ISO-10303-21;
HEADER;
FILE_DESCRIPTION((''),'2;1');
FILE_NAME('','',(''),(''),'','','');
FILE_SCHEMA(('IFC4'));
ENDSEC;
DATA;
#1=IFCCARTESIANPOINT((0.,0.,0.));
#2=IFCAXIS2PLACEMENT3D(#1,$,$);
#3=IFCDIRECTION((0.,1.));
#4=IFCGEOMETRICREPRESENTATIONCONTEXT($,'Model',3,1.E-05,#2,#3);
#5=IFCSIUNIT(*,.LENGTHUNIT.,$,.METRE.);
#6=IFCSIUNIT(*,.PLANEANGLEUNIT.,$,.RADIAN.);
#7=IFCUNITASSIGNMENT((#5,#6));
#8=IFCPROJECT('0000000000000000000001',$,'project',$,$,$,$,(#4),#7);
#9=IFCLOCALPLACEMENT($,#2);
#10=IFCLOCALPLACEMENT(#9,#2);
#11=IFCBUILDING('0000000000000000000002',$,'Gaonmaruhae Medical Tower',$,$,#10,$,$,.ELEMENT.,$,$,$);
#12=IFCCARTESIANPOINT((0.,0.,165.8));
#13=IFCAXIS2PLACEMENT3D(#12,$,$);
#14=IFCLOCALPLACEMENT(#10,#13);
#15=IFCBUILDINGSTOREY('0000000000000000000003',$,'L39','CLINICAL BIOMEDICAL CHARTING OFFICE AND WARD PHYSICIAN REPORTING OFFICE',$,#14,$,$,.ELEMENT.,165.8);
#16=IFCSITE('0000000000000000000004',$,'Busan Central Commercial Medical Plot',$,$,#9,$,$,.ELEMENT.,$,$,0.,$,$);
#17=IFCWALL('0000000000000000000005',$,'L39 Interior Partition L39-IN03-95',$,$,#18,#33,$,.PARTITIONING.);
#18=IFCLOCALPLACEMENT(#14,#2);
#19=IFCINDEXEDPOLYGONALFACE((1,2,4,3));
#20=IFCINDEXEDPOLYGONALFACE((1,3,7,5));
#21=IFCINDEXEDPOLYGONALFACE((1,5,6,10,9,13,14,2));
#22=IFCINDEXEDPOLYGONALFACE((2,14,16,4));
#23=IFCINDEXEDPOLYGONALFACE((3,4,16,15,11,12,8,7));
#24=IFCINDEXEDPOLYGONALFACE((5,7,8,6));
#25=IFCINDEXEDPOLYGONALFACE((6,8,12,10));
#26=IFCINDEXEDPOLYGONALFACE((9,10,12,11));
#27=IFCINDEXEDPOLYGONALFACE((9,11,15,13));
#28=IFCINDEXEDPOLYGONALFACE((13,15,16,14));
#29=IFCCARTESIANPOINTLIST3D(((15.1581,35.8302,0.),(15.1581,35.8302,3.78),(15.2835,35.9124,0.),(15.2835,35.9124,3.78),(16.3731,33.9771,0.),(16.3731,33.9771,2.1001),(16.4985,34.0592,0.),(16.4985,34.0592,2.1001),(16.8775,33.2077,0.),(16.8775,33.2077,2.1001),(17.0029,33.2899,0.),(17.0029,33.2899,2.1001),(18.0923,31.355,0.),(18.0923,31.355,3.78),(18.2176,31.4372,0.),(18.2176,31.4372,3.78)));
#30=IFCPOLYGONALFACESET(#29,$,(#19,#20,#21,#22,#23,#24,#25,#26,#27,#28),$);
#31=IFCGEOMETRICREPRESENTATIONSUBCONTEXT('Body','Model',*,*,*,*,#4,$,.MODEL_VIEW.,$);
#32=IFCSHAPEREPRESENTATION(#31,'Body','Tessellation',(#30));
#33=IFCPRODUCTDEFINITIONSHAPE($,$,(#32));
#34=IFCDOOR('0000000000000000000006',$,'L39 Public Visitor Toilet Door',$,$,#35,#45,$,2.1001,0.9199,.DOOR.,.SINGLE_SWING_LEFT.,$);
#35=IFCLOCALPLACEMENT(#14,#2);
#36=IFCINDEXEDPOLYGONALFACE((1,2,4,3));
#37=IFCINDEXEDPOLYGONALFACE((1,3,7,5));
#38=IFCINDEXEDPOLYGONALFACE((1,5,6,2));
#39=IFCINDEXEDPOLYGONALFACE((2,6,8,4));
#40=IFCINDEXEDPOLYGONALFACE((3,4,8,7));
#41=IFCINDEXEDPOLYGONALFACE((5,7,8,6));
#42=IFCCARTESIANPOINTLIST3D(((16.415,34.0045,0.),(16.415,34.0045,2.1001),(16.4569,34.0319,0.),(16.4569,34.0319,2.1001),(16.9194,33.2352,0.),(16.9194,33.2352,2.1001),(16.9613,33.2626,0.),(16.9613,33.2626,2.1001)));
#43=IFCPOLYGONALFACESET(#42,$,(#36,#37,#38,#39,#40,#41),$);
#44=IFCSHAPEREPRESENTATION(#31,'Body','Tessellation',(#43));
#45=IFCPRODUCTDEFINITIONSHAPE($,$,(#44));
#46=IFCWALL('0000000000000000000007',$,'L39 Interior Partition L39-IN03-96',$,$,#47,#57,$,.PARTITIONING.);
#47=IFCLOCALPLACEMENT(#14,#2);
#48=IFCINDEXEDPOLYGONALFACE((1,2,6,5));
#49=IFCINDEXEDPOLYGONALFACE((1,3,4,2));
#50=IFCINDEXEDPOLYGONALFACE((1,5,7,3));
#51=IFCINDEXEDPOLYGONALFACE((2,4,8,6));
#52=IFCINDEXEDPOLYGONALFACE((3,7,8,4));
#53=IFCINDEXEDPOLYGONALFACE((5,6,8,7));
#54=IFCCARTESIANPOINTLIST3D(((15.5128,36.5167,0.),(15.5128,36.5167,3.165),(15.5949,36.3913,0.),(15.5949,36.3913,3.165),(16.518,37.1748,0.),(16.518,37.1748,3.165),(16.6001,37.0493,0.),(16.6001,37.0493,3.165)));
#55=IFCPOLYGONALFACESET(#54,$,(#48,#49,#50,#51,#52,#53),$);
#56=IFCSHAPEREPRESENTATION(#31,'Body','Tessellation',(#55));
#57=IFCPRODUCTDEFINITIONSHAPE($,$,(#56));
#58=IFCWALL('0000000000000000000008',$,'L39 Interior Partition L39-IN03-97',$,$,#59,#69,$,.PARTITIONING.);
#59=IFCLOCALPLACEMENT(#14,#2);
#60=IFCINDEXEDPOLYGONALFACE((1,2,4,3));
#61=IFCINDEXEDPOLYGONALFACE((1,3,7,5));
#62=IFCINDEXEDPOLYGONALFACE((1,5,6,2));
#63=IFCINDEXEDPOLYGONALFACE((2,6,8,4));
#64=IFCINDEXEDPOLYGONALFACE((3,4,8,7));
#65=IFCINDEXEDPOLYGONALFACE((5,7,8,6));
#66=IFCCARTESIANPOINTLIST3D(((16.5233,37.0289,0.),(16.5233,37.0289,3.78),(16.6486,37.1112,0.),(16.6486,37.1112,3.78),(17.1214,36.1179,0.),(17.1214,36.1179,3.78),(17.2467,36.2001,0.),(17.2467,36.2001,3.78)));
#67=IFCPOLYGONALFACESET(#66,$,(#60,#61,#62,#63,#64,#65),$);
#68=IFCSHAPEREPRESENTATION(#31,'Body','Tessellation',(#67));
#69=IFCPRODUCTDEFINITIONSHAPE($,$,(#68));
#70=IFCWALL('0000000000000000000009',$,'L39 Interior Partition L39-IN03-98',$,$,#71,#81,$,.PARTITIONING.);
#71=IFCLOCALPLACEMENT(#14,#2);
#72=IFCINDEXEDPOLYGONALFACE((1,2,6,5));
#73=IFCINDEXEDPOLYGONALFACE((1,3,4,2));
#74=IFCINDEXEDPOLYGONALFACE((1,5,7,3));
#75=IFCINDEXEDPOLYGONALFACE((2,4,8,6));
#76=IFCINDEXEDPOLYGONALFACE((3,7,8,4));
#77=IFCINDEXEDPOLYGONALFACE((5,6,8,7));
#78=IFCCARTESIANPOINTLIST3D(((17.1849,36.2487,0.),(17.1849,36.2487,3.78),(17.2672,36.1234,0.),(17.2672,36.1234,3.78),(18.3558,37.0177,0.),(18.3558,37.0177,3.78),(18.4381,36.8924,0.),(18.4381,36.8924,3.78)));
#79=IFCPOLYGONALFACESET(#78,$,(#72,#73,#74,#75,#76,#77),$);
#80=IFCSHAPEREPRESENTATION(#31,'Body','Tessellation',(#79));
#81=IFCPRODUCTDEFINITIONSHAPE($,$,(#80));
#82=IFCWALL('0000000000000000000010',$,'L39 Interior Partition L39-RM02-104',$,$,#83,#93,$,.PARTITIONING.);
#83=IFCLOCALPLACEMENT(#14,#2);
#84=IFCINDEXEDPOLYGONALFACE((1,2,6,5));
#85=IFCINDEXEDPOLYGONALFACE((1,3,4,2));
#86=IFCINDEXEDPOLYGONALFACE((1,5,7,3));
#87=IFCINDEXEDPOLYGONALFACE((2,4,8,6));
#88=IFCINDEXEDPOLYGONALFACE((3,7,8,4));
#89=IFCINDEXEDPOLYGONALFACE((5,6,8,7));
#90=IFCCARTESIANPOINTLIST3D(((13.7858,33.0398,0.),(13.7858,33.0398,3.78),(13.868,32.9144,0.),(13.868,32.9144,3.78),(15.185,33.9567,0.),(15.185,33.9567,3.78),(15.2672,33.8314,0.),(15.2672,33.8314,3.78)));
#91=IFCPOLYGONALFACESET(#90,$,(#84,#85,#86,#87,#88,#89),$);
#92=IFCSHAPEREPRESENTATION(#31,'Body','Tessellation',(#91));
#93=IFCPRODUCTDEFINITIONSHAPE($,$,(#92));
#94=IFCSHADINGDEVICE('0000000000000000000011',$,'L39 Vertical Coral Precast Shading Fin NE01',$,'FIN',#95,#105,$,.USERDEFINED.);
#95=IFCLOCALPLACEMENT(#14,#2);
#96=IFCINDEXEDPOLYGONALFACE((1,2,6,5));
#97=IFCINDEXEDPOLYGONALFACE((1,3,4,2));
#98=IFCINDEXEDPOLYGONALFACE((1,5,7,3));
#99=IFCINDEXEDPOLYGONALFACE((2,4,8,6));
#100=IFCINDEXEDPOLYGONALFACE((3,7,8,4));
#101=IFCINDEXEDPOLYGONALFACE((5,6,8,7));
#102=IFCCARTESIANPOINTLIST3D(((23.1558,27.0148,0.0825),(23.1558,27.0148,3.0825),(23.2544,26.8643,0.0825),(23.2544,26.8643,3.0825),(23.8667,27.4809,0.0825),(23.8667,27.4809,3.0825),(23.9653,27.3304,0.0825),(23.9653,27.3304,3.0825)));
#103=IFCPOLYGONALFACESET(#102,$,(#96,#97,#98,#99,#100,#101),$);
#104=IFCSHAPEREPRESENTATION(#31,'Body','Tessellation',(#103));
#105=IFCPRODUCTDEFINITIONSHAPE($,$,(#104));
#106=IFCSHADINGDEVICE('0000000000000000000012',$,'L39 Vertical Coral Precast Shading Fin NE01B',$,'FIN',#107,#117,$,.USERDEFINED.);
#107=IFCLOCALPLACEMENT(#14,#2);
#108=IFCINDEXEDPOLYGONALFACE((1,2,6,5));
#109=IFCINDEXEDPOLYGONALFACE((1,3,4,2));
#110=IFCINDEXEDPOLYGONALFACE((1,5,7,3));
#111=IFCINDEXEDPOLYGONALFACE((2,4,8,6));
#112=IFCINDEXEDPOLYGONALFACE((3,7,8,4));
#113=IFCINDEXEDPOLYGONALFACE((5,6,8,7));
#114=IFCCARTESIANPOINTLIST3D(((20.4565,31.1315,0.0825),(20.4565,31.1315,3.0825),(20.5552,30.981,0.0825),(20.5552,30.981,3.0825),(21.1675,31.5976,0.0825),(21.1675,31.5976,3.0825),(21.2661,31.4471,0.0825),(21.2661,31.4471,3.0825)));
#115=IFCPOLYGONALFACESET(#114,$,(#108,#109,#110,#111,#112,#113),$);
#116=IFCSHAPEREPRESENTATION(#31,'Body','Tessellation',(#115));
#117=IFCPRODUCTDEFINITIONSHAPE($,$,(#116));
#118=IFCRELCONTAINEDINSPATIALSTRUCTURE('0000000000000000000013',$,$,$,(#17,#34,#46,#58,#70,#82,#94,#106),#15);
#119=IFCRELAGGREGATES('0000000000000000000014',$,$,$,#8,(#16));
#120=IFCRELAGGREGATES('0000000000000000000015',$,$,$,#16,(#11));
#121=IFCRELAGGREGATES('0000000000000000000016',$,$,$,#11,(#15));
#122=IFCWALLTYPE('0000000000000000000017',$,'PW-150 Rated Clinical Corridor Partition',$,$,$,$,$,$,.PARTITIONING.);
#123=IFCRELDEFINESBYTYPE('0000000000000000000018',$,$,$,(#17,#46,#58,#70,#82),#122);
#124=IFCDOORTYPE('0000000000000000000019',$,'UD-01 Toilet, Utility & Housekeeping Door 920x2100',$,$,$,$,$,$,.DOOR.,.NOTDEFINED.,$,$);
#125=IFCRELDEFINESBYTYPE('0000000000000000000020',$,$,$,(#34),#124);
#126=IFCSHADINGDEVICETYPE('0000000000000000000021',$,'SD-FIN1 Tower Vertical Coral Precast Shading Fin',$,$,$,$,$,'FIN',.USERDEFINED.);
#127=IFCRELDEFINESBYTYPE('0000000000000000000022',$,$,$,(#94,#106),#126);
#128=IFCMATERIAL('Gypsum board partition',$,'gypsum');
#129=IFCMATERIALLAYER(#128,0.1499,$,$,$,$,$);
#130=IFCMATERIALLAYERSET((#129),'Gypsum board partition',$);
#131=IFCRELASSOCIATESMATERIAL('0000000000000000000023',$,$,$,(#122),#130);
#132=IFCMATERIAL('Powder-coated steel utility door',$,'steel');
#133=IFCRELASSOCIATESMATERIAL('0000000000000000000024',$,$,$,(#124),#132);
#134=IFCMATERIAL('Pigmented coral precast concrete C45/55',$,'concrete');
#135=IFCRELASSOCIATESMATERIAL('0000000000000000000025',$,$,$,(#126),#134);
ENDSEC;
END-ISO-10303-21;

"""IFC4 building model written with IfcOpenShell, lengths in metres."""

from ifc_helpers import new_model, si_unit, direction, frame, frame_2d, origin, origin_2d, place, context, subcontext, project, spatial, rectangle, extrude, material, layer, layer_set, type_object, element, fill, save


model = new_model("IFC4")

# Units and contexts
model_context = context("Model", 3, precision=1e-05, world=origin(), true_north=direction((0.0, 1.0)))
body_context = subcontext(model_context, "Body", "Model", "MODEL_VIEW")
ifc_project = project(units=[si_unit("LENGTHUNIT", "METRE"), si_unit("PLANEANGLEUNIT", "RADIAN")], contexts=[model_context])

# Site, building, storey
site_placement = place(None, origin())
site = spatial("IfcSite", under=ifc_project, at=site_placement, Name="Busan Central Commercial Medical Plot", CompositionType="ELEMENT", RefElevation=0.0)
building_placement = place(site_placement, origin())
building = spatial("IfcBuilding", under=site, at=building_placement, Name="Gaonmaruhae Medical Tower", CompositionType="ELEMENT")
storey_placement = place(building_placement, frame((0.0, 0.0, 165.8)))
storey = spatial("IfcBuildingStorey", under=building, at=storey_placement, Name="L39", Description="CLINICAL BIOMEDICAL CHARTING OFFICE AND WARD PHYSICIAN REPORTING OFFICE", CompositionType="ELEMENT", Elevation=165.8)

# Shared definitions
ifc_material_1 = material(Name="Gypsum board partition", Category="gypsum")
ifc_layer_1 = layer(ifc_material_1, 0.1499)
ifc_layer_set_1 = layer_set([ifc_layer_1], Name="Gypsum board partition")
wall_type_1 = type_object("IfcWallType", Name="PW-150 Rated Clinical Corridor Partition", PredefinedType="PARTITIONING", material=ifc_layer_set_1)

# Shared definitions
ifc_material_2 = material(Name="Powder-coated steel utility door", Category="steel")
door_type = type_object("IfcDoorType", Name="UD-01 Toilet, Utility & Housekeeping Door 920x2100", OperationType="NOTDEFINED", PredefinedType="DOOR", material=ifc_material_2)

# Wall, opening, door
wall_1_placement = place(storey_placement, frame((18.155, 31.396, 0.0), z_axis=(0.0, 0.0, 1.0), x_axis=(-0.548304, 0.836279, 0.0)))
wall_1 = element("IfcWall", 1, at=wall_1_placement, inside=storey, type_object=wall_type_1, Name="L39 Interior Partition L39-IN03-95", PredefinedType="PARTITIONING", context=body_context, shape_type="SweptSolid", body=[
    extrude(rectangle(XDim=5.3513, YDim=0.1499, at=frame_2d((2.6758, 0.0))), origin(), (0.0, 0.0, 1.0), 3.78),
])
opening_1_placement = place(wall_1_placement, frame((2.2156, 0.0, 0.0)))
opening_1 = element("IfcOpeningElement", 2, at=opening_1_placement, cuts=wall_1, PredefinedType="OPENING", context=body_context, shape_type="SweptSolid", body=[
    extrude(rectangle(XDim=0.9199, YDim=2.1001, at=frame_2d((0.46, 1.05))), frame((0.0, 0.085, 0.0), z_axis=(0.0, -1.0, 0.0), x_axis=(1.0, 0.0, 0.0)), (0.0, 0.0, 1.0), 0.1699),
])
door_1_placement = place(opening_1_placement, origin())
door_1 = element("IfcDoor", 3, at=door_1_placement, inside=storey, type_object=door_type, Name="L39 Public Visitor Toilet Door", OperationType="SINGLE_SWING_LEFT", OverallHeight=2.1001, OverallWidth=0.9199, PredefinedType="DOOR", context=body_context, shape_type="SweptSolid", body=[
    extrude(rectangle(XDim=0.9199, YDim=2.1001, at=frame_2d((0.46, 1.05))), frame((0.0, 0.0249, 0.0), z_axis=(0.0, -1.0, 0.0), x_axis=(1.0, 0.0, 0.0)), (0.0, 0.0, 1.0), 0.05),
])
fill(opening_1, door_1)

# Walls
wall_2_placement = place(storey_placement, frame((15.554, 36.4541, 0.0), z_axis=(0.0, 0.0, 1.0), x_axis=(0.83668, 0.547693, 0.0)))
element("IfcWall", 4, at=wall_2_placement, inside=storey, type_object=wall_type_1, Name="L39 Interior Partition L39-IN03-96", PredefinedType="PARTITIONING", context=body_context, shape_type="SweptSolid", body=[
    extrude(rectangle(XDim=1.2014, YDim=0.1499, at=frame_2d((0.6006, 0.0))), origin(), (0.0, 0.0, 1.0), 3.165),
])
wall_3_placement = place(storey_placement, frame((16.5859, 37.0701, 0.0), z_axis=(0.0, 0.0, 1.0), x_axis=(0.548793, -0.835958, 0.0)))
element("IfcWall", 5, at=wall_3_placement, inside=storey, type_object=wall_type_1, Name="L39 Interior Partition L39-IN03-97", PredefinedType="PARTITIONING", context=body_context, shape_type="SweptSolid", body=[
    extrude(rectangle(XDim=1.0898, YDim=0.1499, at=frame_2d((0.5449, 0.0))), origin(), (0.0, 0.0, 1.0), 3.78),
])
wall_4_placement = place(storey_placement, frame((17.2261, 36.186, 0.0), z_axis=(0.0, 0.0, 1.0), x_axis=(0.835838, 0.548976, 0.0)))
element("IfcWall", 6, at=wall_4_placement, inside=storey, type_object=wall_type_1, Name="L39 Interior Partition L39-IN03-98", PredefinedType="PARTITIONING", context=body_context, shape_type="SweptSolid", body=[
    extrude(rectangle(XDim=1.4009, YDim=0.1499, at=frame_2d((0.7004, 0.0))), origin(), (0.0, 0.0, 1.0), 3.78),
])
wall_5_placement = place(storey_placement, frame((15.2261, 33.894, 0.0), z_axis=(0.0, 0.0, 1.0), x_axis=(-0.83638, -0.548149, 0.0)))
element("IfcWall", 7, at=wall_5_placement, inside=storey, type_object=wall_type_1, Name="L39 Interior Partition L39-RM02-104", PredefinedType="PARTITIONING", context=body_context, shape_type="SweptSolid", body=[
    extrude(rectangle(XDim=1.6729, YDim=0.1499, at=frame_2d((0.8364, 0.0))), origin(), (0.0, 0.0, 1.0), 3.78),
])

# Shading devices
ifc_material_3 = material(Name="Pigmented coral precast concrete C45/55", Category="concrete")
shading_device_type = type_object("IfcShadingDeviceType", Name="SD-FIN1 Tower Vertical Coral Precast Shading Fin", ElementType="FIN", PredefinedType="USERDEFINED", material=ifc_material_3)
for number, where, z_axis, x_axis, name in (
    (8, (23.5605, 27.1726, 0.0825), (0.0, 0.0, 1.0), (-0.548293, 0.836286, 0.0), "L39 Vertical Coral Precast Shading Fin NE01"),
    (9, (20.8613, 31.2893, 0.0825), (0.0, 0.0, 1.0), (-0.548293, 0.836286, 0.0), "L39 Vertical Coral Precast Shading Fin NE01B"),
):
    element("IfcShadingDevice", number, at=place(storey_placement, frame(where, z_axis=z_axis, x_axis=x_axis)), inside=storey, type_object=shading_device_type, Name=name, ObjectType="FIN", PredefinedType="USERDEFINED", context=body_context, shape_type="SweptSolid", body=[
        extrude(rectangle(XDim=0.1799, YDim=0.8501, at=origin_2d()), origin(), (0.0, 0.0, 1.0), 3.0),
    ])

save(model, "model.ifc")
